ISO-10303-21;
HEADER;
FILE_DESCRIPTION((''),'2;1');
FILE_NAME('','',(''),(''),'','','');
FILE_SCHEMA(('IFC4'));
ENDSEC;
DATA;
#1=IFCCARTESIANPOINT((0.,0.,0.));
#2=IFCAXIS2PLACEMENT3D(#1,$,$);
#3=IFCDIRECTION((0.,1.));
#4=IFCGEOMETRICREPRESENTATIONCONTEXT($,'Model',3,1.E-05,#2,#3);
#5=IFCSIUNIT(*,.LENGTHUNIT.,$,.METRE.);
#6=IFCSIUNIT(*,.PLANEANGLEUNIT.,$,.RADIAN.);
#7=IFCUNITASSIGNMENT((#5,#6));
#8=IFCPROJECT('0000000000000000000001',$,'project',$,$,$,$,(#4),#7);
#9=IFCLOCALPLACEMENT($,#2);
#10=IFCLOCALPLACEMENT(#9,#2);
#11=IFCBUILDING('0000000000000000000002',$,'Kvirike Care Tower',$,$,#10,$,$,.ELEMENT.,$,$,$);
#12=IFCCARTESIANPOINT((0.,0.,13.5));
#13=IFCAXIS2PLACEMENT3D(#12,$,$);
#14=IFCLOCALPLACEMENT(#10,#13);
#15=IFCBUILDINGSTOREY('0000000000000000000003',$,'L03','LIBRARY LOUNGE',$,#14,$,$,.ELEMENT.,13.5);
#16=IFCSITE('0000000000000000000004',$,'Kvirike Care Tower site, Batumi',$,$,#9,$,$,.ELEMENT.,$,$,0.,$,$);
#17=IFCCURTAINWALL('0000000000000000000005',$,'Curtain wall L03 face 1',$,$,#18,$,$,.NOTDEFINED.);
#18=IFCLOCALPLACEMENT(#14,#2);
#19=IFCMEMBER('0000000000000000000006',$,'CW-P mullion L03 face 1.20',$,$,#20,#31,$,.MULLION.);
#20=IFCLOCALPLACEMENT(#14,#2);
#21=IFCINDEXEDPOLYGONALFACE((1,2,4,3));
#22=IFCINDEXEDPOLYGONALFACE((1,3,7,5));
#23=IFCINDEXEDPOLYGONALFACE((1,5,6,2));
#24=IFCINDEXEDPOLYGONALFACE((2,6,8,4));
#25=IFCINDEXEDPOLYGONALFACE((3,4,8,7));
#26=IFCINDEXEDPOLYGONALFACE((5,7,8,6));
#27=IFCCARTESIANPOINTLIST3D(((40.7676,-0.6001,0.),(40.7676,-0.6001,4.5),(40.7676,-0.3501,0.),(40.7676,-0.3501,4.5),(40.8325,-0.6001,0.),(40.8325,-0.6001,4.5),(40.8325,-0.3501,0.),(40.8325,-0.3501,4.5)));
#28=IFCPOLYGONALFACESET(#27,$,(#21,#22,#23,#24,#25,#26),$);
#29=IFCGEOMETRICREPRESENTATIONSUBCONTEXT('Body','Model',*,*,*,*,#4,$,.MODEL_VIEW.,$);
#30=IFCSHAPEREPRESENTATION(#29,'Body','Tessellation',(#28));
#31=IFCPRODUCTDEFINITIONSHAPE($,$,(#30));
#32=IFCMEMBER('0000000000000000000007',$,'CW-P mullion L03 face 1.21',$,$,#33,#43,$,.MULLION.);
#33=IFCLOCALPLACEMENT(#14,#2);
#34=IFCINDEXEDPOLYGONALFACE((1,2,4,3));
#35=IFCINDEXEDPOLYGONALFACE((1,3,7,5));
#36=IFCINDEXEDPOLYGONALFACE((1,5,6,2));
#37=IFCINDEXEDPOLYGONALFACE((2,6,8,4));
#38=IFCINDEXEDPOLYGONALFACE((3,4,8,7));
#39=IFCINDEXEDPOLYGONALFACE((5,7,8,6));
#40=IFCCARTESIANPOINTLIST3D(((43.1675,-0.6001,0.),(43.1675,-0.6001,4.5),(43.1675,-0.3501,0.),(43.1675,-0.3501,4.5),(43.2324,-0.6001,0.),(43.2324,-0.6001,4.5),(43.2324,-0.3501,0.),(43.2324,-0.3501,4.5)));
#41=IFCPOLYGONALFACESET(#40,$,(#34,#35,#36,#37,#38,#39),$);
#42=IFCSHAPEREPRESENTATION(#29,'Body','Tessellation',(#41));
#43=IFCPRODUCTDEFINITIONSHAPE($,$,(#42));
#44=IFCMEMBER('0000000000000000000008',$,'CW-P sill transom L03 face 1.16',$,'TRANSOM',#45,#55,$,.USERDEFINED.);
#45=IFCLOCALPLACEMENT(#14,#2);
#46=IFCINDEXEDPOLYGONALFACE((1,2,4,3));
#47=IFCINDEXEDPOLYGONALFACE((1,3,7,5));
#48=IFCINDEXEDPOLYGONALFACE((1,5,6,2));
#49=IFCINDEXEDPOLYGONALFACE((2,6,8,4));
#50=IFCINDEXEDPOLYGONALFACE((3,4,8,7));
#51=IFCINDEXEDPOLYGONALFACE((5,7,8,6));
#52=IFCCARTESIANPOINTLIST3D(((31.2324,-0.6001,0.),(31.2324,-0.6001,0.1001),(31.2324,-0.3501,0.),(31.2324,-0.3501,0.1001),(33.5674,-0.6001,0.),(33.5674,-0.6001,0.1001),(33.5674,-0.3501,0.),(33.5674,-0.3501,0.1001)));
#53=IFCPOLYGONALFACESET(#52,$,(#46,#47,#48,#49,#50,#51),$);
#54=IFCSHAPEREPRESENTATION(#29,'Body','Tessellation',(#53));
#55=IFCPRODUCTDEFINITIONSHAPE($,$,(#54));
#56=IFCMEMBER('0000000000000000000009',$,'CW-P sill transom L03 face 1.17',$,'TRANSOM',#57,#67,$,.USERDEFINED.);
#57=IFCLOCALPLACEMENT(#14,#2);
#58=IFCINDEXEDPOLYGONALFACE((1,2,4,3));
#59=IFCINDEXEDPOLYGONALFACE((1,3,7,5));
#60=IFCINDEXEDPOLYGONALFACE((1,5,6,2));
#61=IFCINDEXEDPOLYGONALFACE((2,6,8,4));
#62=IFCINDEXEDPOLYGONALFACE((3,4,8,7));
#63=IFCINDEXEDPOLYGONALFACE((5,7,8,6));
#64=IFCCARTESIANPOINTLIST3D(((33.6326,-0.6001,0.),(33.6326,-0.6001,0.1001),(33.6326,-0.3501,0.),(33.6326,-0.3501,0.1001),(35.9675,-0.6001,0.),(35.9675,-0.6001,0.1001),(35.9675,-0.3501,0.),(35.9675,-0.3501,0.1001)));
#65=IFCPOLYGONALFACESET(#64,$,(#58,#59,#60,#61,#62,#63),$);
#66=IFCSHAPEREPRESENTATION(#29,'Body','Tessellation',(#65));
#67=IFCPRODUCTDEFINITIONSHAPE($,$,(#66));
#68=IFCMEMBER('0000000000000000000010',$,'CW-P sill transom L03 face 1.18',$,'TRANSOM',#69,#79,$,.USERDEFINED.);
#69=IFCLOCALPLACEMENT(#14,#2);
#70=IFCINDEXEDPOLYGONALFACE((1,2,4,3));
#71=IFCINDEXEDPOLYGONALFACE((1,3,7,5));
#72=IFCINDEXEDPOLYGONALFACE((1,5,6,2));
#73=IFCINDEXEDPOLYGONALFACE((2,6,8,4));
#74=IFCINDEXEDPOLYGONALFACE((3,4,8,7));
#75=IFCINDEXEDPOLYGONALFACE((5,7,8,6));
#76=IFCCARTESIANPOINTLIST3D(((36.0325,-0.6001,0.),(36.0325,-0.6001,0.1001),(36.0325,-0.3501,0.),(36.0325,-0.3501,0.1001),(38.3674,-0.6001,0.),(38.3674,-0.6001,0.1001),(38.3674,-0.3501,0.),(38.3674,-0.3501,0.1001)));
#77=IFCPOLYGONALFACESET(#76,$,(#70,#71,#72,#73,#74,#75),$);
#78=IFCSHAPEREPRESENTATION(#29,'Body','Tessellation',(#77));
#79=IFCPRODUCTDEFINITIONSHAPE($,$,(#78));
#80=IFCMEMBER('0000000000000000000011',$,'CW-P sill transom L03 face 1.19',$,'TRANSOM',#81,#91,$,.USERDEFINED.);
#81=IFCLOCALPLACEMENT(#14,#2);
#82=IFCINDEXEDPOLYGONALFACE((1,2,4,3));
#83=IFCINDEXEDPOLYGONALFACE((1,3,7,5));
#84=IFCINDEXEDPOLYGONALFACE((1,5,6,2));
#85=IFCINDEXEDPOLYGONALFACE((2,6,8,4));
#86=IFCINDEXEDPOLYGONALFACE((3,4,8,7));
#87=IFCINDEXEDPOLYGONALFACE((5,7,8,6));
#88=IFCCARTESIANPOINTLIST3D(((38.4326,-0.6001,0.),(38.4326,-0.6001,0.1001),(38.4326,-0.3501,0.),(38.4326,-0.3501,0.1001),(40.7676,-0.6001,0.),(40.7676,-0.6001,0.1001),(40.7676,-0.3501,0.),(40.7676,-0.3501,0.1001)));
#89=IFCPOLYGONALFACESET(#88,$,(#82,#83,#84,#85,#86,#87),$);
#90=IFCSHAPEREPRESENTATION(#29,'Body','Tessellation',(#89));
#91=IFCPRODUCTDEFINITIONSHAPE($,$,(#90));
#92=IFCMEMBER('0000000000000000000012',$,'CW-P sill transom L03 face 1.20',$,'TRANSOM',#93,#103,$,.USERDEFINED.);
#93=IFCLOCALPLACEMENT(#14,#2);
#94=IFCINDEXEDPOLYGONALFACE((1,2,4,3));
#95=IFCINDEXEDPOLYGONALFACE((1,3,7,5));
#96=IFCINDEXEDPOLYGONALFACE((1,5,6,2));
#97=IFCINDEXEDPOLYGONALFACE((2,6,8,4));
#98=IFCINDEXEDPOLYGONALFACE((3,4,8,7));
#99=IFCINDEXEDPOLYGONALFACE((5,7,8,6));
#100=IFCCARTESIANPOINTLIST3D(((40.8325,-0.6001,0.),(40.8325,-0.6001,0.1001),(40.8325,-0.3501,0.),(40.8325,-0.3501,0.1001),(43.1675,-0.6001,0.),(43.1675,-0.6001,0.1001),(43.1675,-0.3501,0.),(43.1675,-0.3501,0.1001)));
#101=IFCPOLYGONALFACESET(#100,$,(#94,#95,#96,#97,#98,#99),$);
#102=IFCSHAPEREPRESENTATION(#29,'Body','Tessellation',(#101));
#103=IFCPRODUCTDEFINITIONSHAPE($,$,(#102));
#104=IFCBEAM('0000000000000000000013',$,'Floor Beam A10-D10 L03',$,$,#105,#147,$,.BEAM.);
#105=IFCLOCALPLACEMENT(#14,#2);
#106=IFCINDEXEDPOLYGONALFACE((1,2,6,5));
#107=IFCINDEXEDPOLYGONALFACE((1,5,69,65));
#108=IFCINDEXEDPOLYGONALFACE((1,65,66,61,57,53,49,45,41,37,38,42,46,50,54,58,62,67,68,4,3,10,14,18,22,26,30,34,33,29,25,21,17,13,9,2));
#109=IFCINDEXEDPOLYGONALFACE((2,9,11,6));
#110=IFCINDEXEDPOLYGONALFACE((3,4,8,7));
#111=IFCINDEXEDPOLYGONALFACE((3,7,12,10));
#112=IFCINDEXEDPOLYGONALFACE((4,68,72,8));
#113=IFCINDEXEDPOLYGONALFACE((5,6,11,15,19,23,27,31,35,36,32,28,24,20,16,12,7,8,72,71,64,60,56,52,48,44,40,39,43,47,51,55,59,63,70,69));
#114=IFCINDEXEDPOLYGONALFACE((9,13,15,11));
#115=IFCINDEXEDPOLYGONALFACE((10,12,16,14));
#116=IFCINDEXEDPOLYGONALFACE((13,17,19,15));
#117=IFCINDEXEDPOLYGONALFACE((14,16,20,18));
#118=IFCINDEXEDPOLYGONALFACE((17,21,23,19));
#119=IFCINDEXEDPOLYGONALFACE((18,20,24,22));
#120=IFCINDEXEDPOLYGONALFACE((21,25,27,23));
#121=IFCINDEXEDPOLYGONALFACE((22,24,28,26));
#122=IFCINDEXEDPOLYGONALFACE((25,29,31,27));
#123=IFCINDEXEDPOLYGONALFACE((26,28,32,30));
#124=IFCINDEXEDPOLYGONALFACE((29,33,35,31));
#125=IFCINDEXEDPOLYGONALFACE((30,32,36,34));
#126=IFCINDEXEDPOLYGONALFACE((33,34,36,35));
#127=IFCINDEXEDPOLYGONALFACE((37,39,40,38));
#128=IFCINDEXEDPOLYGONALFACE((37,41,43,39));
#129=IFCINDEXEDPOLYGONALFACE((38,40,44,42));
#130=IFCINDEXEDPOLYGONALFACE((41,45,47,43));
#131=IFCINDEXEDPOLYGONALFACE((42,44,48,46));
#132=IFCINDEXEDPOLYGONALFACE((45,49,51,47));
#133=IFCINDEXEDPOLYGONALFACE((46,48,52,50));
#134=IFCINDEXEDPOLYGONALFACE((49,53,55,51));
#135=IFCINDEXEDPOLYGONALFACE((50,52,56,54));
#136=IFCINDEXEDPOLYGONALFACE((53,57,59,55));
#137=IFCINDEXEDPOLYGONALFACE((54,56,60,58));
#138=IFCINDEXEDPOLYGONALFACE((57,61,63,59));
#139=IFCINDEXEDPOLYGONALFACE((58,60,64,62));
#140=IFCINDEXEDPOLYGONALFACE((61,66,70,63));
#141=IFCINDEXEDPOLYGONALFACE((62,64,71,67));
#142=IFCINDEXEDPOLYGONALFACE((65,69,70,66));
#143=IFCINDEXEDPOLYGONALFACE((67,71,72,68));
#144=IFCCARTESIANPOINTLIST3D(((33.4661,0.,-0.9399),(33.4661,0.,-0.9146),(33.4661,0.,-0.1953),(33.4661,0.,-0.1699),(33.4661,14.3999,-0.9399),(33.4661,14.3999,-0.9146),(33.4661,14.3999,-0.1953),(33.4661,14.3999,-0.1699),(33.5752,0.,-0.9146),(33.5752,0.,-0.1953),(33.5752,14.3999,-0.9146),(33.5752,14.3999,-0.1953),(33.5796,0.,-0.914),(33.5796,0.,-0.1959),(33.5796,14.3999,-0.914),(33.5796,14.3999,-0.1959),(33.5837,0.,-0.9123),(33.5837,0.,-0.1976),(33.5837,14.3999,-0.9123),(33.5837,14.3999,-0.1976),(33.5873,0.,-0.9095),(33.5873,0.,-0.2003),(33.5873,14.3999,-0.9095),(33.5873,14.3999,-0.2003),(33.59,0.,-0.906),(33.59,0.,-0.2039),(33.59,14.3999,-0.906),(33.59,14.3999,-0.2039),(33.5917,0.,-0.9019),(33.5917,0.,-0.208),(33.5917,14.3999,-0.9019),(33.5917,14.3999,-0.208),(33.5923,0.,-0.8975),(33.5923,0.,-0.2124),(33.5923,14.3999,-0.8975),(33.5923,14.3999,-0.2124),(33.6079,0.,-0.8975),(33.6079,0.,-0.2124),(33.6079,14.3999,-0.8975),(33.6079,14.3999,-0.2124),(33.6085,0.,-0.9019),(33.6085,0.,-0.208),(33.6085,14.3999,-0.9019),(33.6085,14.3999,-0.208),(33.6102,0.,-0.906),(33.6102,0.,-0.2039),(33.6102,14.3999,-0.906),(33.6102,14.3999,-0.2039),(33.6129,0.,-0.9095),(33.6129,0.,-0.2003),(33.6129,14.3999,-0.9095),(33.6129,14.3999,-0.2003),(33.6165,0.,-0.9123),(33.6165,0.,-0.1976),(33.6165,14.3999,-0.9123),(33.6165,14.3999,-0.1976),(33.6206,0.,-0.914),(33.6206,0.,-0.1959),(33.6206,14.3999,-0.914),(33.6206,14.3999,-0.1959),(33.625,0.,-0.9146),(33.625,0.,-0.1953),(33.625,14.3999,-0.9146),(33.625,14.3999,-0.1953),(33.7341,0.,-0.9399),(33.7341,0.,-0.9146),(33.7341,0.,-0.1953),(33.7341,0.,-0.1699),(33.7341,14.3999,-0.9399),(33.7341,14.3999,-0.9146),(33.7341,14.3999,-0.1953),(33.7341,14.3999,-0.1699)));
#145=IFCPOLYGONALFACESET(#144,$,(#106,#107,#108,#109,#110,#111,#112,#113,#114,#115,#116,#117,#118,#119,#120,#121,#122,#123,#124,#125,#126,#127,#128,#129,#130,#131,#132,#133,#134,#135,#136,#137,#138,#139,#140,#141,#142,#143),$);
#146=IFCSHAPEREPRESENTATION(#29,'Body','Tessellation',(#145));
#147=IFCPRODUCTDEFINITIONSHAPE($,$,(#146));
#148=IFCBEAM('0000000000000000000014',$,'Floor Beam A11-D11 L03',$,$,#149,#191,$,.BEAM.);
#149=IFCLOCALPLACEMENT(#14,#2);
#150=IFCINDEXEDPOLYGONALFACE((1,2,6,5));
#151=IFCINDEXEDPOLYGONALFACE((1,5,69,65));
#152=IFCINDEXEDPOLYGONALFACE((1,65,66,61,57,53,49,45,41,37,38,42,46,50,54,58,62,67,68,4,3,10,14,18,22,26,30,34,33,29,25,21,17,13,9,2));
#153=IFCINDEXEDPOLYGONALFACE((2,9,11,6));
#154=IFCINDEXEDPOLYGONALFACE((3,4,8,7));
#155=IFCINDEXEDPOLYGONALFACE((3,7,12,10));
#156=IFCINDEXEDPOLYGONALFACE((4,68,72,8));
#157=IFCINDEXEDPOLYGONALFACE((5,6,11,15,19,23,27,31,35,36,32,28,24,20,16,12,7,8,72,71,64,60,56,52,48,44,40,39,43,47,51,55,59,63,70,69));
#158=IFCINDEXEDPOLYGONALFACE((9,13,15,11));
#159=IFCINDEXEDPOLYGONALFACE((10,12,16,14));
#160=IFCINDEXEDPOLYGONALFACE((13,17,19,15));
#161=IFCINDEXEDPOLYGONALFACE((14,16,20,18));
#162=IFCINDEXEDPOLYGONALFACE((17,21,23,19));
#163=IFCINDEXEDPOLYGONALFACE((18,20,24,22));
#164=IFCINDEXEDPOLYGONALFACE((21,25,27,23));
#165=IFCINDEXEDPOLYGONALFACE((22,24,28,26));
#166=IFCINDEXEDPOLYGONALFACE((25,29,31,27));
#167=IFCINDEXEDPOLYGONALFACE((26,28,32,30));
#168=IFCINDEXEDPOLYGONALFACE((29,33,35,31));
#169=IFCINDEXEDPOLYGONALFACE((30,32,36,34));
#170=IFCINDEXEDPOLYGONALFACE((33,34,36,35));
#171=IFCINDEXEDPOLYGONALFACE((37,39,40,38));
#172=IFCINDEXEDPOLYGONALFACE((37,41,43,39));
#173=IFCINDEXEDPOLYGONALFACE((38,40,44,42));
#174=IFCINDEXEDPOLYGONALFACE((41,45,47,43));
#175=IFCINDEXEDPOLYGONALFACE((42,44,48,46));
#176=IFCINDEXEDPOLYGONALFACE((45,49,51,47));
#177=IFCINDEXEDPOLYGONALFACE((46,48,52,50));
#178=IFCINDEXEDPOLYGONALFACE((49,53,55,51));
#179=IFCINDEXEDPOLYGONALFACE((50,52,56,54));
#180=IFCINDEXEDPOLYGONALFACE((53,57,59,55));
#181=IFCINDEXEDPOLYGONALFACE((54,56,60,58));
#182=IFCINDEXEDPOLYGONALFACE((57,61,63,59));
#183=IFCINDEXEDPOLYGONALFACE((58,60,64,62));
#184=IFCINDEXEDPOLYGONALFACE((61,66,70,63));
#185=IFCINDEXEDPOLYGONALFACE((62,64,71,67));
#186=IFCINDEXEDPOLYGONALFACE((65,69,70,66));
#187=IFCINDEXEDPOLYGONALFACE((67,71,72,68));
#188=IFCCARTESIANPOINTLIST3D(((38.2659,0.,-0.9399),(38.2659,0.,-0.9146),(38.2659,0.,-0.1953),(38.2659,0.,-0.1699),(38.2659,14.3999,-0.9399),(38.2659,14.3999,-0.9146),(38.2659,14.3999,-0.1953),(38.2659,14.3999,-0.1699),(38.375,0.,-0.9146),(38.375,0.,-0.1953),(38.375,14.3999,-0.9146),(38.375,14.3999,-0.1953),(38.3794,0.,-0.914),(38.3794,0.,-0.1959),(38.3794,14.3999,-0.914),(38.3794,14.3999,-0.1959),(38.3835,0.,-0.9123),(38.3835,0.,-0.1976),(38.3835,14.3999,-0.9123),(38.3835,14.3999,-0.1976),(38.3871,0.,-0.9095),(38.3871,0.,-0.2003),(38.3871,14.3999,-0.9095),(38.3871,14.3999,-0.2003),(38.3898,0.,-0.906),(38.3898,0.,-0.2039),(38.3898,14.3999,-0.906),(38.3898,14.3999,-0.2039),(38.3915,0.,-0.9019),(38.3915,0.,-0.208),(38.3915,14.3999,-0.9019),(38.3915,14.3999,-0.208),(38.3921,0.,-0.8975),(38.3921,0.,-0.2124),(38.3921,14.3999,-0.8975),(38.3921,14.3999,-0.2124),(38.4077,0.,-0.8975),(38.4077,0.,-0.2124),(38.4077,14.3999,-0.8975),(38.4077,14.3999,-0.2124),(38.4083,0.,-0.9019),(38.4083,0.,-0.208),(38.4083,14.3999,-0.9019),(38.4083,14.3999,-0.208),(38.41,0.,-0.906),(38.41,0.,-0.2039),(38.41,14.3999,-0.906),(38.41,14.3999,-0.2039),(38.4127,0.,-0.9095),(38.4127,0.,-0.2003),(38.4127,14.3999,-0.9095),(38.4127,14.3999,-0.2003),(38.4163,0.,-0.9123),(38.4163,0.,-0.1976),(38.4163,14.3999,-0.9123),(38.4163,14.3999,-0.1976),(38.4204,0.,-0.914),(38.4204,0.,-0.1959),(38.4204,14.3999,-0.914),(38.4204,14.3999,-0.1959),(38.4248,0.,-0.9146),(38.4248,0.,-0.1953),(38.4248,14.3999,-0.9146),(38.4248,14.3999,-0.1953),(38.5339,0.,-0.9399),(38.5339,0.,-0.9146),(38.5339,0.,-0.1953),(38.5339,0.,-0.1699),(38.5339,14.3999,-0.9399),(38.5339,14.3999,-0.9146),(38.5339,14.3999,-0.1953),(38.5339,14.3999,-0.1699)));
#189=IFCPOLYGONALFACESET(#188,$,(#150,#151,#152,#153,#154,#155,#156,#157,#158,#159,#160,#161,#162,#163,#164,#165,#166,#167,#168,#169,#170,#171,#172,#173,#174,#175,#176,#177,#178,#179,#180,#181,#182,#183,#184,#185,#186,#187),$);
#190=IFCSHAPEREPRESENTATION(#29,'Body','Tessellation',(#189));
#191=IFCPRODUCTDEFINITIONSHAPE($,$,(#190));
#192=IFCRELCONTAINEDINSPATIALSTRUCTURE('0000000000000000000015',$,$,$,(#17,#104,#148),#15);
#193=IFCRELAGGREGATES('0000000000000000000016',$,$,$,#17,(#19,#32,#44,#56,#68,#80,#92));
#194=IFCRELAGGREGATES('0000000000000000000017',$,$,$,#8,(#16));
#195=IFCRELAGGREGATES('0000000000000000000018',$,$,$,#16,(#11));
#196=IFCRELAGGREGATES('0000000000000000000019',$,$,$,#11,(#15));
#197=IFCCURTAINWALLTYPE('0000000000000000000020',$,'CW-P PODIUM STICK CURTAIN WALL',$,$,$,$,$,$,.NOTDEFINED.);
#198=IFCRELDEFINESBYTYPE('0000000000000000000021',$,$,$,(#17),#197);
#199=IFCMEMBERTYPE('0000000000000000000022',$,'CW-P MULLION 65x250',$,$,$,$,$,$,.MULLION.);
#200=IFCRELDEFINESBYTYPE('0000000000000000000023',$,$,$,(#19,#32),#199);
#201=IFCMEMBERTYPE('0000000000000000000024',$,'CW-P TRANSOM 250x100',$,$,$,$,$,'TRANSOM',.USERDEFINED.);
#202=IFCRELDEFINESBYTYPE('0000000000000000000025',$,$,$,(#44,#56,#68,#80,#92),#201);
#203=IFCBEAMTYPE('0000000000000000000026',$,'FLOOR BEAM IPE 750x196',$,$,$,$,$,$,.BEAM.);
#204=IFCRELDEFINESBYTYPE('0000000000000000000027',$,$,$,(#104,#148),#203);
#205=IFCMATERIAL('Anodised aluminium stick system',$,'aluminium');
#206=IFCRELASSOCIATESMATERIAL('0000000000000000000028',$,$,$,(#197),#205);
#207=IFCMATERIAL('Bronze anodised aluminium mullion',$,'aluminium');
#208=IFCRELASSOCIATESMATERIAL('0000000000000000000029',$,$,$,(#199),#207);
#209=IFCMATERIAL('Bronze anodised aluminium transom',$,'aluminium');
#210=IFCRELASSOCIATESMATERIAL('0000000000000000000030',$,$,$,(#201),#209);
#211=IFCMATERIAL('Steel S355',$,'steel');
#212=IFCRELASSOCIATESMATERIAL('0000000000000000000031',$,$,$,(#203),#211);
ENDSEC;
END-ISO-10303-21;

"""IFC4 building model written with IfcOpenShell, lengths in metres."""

from ifc_helpers import new_model, si_unit, direction, frame, origin, origin_2d, place, context, subcontext, project, spatial, rectangle, i_section, extrude, material, material_profile, profile_set, type_object, element, aggregate, save


model = new_model("IFC4")

# Units and contexts
model_context = context("Model", 3, precision=1e-05, world=origin(), true_north=direction((0.0, 1.0)))
body_context = subcontext(model_context, "Body", "Model", "MODEL_VIEW")
ifc_project = project(units=[si_unit("LENGTHUNIT", "METRE"), si_unit("PLANEANGLEUNIT", "RADIAN")], contexts=[model_context])

# Site, building, storey
site_placement = place(None, origin())
site = spatial("IfcSite", under=ifc_project, at=site_placement, Name="Kvirike Care Tower site, Batumi", CompositionType="ELEMENT", RefElevation=0.0)
building_placement = place(site_placement, origin())
building = spatial("IfcBuilding", under=site, at=building_placement, Name="Kvirike Care Tower", CompositionType="ELEMENT")
storey_placement = place(building_placement, frame((0.0, 0.0, 13.5)))
storey = spatial("IfcBuildingStorey", under=building, at=storey_placement, Name="L03", Description="LIBRARY LOUNGE", CompositionType="ELEMENT", Elevation=13.5)

# Curtain wall, members
ifc_material_1 = material(Name="Anodised aluminium stick system", Category="aluminium")
curtain_wall_type = type_object("IfcCurtainWallType", Name="CW-P PODIUM STICK CURTAIN WALL", PredefinedType="NOTDEFINED", material=ifc_material_1)
curtain_wall_placement = place(storey_placement, origin())
curtain_wall = element("IfcCurtainWall", 1, at=curtain_wall_placement, inside=storey, type_object=curtain_wall_type, Name="Curtain wall L03 face 1", PredefinedType="NOTDEFINED")
ifc_material_2 = material(Name="Bronze anodised aluminium mullion", Category="aluminium")
ifc_material_profile_1 = material_profile(ifc_material_2, rectangle(XDim=0.0649, YDim=0.25, at=origin_2d()), Name="CW-P MULLION 65x250")
ifc_profile_set_1 = profile_set([ifc_material_profile_1], Name="Bronze anodised aluminium mullion")
member_type_1 = type_object("IfcMemberType", Name="CW-P MULLION 65x250", PredefinedType="MULLION", material=ifc_profile_set_1)
member_1_placement = place(storey_placement, frame((40.8, -0.4751, 0.0), z_axis=(0.0, 0.0, 1.0), x_axis=(1.0, 0.0, 0.0)))
member_1 = element("IfcMember", 2, at=member_1_placement, type_object=member_type_1, Name="CW-P mullion L03 face 1.20", PredefinedType="MULLION", context=body_context, shape_type="SweptSolid", body=[
    extrude(rectangle(XDim=0.0649, YDim=0.25, at=origin_2d()), origin(), (0.0, 0.0, 1.0), 4.5),
])
member_2_placement = place(storey_placement, frame((43.2, -0.4751, 0.0), z_axis=(0.0, 0.0, 1.0), x_axis=(1.0, 0.0, 0.0)))
member_2 = element("IfcMember", 3, at=member_2_placement, type_object=member_type_1, Name="CW-P mullion L03 face 1.21", PredefinedType="MULLION", context=body_context, shape_type="SweptSolid", body=[
    extrude(rectangle(XDim=0.0649, YDim=0.25, at=origin_2d()), origin(), (0.0, 0.0, 1.0), 4.5),
])
ifc_material_3 = material(Name="Bronze anodised aluminium transom", Category="aluminium")
ifc_material_profile_2 = material_profile(ifc_material_3, rectangle(XDim=0.25, YDim=0.1001, at=origin_2d()), Name="CW-P TRANSOM 250x100")
ifc_profile_set_2 = profile_set([ifc_material_profile_2], Name="Bronze anodised aluminium transom")
member_type_2 = type_object("IfcMemberType", Name="CW-P TRANSOM 250x100", ElementType="TRANSOM", PredefinedType="USERDEFINED", material=ifc_profile_set_2)
member_3_placement = place(storey_placement, frame((31.2324, -0.4751, 0.05), z_axis=(1.0, 0.0, 0.0), x_axis=(0.0, 1.0, 0.0)))
member_3 = element("IfcMember", 4, at=member_3_placement, type_object=member_type_2, Name="CW-P sill transom L03 face 1.16", ObjectType="TRANSOM", PredefinedType="USERDEFINED", context=body_context, shape_type="SweptSolid", body=[
    extrude(rectangle(XDim=0.25, YDim=0.1001, at=origin_2d()), origin(), (0.0, 0.0, 1.0), 2.335),
])
member_4_placement = place(storey_placement, frame((33.6326, -0.4751, 0.05), z_axis=(1.0, 0.0, 0.0), x_axis=(0.0, 1.0, 0.0)))
member_4 = element("IfcMember", 5, at=member_4_placement, type_object=member_type_2, Name="CW-P sill transom L03 face 1.17", ObjectType="TRANSOM", PredefinedType="USERDEFINED", context=body_context, shape_type="SweptSolid", body=[
    extrude(rectangle(XDim=0.25, YDim=0.1001, at=origin_2d()), origin(), (0.0, 0.0, 1.0), 2.335),
])
member_5_placement = place(storey_placement, frame((36.0325, -0.4751, 0.05), z_axis=(1.0, 0.0, 0.0), x_axis=(0.0, 1.0, 0.0)))
member_5 = element("IfcMember", 6, at=member_5_placement, type_object=member_type_2, Name="CW-P sill transom L03 face 1.18", ObjectType="TRANSOM", PredefinedType="USERDEFINED", context=body_context, shape_type="SweptSolid", body=[
    extrude(rectangle(XDim=0.25, YDim=0.1001, at=origin_2d()), origin(), (0.0, 0.0, 1.0), 2.335),
])
member_6_placement = place(storey_placement, frame((38.4326, -0.4751, 0.05), z_axis=(1.0, 0.0, 0.0), x_axis=(0.0, 1.0, 0.0)))
member_6 = element("IfcMember", 7, at=member_6_placement, type_object=member_type_2, Name="CW-P sill transom L03 face 1.19", ObjectType="TRANSOM", PredefinedType="USERDEFINED", context=body_context, shape_type="SweptSolid", body=[
    extrude(rectangle(XDim=0.25, YDim=0.1001, at=origin_2d()), origin(), (0.0, 0.0, 1.0), 2.335),
])
member_7_placement = place(storey_placement, frame((40.8325, -0.4751, 0.05), z_axis=(1.0, 0.0, 0.0), x_axis=(0.0, 1.0, 0.0)))
member_7 = element("IfcMember", 8, at=member_7_placement, type_object=member_type_2, Name="CW-P sill transom L03 face 1.20", ObjectType="TRANSOM", PredefinedType="USERDEFINED", context=body_context, shape_type="SweptSolid", body=[
    extrude(rectangle(XDim=0.25, YDim=0.1001, at=origin_2d()), origin(), (0.0, 0.0, 1.0), 2.335),
])

# Beams
ifc_material_4 = material(Name="Steel S355", Category="steel")
ifc_material_profile_3 = material_profile(ifc_material_4, i_section(OverallWidth=0.2681, OverallDepth=0.77, WebThickness=0.0156, FlangeThickness=0.0254, FilletRadius=0.0171, at=origin_2d()), Name="IPE 750x196")
ifc_profile_set_3 = profile_set([ifc_material_profile_3], Name="Steel S355")
beam_type_1 = type_object("IfcBeamType", Name="FLOOR BEAM IPE 750x196", PredefinedType="BEAM", material=ifc_profile_set_3)
for number, where, z_axis, x_axis, name in (
    (9, (33.6001, 0.0, -0.5549), (0.0, 1.0, 0.0), (-1.0, 0.0, 0.0), "Floor Beam A10-D10 L03"),
    (10, (38.3999, 0.0, -0.5549), (0.0, 1.0, 0.0), (-1.0, 0.0, 0.0), "Floor Beam A11-D11 L03"),
):
    element("IfcBeam", number, at=place(storey_placement, frame(where, z_axis=z_axis, x_axis=x_axis)), inside=storey, type_object=beam_type_1, Name=name, PredefinedType="BEAM", context=body_context, shape_type="SweptSolid", body=[
        extrude(i_section(OverallWidth=0.2681, OverallDepth=0.77, WebThickness=0.0156, FlangeThickness=0.0254, FilletRadius=0.0171, at=origin_2d()), origin(), (0.0, 0.0, 1.0), 14.3999),
    ])

aggregate(curtain_wall, [member_1, member_2, member_3, member_4, member_5, member_6, member_7])

save(model, "model.ifc")
